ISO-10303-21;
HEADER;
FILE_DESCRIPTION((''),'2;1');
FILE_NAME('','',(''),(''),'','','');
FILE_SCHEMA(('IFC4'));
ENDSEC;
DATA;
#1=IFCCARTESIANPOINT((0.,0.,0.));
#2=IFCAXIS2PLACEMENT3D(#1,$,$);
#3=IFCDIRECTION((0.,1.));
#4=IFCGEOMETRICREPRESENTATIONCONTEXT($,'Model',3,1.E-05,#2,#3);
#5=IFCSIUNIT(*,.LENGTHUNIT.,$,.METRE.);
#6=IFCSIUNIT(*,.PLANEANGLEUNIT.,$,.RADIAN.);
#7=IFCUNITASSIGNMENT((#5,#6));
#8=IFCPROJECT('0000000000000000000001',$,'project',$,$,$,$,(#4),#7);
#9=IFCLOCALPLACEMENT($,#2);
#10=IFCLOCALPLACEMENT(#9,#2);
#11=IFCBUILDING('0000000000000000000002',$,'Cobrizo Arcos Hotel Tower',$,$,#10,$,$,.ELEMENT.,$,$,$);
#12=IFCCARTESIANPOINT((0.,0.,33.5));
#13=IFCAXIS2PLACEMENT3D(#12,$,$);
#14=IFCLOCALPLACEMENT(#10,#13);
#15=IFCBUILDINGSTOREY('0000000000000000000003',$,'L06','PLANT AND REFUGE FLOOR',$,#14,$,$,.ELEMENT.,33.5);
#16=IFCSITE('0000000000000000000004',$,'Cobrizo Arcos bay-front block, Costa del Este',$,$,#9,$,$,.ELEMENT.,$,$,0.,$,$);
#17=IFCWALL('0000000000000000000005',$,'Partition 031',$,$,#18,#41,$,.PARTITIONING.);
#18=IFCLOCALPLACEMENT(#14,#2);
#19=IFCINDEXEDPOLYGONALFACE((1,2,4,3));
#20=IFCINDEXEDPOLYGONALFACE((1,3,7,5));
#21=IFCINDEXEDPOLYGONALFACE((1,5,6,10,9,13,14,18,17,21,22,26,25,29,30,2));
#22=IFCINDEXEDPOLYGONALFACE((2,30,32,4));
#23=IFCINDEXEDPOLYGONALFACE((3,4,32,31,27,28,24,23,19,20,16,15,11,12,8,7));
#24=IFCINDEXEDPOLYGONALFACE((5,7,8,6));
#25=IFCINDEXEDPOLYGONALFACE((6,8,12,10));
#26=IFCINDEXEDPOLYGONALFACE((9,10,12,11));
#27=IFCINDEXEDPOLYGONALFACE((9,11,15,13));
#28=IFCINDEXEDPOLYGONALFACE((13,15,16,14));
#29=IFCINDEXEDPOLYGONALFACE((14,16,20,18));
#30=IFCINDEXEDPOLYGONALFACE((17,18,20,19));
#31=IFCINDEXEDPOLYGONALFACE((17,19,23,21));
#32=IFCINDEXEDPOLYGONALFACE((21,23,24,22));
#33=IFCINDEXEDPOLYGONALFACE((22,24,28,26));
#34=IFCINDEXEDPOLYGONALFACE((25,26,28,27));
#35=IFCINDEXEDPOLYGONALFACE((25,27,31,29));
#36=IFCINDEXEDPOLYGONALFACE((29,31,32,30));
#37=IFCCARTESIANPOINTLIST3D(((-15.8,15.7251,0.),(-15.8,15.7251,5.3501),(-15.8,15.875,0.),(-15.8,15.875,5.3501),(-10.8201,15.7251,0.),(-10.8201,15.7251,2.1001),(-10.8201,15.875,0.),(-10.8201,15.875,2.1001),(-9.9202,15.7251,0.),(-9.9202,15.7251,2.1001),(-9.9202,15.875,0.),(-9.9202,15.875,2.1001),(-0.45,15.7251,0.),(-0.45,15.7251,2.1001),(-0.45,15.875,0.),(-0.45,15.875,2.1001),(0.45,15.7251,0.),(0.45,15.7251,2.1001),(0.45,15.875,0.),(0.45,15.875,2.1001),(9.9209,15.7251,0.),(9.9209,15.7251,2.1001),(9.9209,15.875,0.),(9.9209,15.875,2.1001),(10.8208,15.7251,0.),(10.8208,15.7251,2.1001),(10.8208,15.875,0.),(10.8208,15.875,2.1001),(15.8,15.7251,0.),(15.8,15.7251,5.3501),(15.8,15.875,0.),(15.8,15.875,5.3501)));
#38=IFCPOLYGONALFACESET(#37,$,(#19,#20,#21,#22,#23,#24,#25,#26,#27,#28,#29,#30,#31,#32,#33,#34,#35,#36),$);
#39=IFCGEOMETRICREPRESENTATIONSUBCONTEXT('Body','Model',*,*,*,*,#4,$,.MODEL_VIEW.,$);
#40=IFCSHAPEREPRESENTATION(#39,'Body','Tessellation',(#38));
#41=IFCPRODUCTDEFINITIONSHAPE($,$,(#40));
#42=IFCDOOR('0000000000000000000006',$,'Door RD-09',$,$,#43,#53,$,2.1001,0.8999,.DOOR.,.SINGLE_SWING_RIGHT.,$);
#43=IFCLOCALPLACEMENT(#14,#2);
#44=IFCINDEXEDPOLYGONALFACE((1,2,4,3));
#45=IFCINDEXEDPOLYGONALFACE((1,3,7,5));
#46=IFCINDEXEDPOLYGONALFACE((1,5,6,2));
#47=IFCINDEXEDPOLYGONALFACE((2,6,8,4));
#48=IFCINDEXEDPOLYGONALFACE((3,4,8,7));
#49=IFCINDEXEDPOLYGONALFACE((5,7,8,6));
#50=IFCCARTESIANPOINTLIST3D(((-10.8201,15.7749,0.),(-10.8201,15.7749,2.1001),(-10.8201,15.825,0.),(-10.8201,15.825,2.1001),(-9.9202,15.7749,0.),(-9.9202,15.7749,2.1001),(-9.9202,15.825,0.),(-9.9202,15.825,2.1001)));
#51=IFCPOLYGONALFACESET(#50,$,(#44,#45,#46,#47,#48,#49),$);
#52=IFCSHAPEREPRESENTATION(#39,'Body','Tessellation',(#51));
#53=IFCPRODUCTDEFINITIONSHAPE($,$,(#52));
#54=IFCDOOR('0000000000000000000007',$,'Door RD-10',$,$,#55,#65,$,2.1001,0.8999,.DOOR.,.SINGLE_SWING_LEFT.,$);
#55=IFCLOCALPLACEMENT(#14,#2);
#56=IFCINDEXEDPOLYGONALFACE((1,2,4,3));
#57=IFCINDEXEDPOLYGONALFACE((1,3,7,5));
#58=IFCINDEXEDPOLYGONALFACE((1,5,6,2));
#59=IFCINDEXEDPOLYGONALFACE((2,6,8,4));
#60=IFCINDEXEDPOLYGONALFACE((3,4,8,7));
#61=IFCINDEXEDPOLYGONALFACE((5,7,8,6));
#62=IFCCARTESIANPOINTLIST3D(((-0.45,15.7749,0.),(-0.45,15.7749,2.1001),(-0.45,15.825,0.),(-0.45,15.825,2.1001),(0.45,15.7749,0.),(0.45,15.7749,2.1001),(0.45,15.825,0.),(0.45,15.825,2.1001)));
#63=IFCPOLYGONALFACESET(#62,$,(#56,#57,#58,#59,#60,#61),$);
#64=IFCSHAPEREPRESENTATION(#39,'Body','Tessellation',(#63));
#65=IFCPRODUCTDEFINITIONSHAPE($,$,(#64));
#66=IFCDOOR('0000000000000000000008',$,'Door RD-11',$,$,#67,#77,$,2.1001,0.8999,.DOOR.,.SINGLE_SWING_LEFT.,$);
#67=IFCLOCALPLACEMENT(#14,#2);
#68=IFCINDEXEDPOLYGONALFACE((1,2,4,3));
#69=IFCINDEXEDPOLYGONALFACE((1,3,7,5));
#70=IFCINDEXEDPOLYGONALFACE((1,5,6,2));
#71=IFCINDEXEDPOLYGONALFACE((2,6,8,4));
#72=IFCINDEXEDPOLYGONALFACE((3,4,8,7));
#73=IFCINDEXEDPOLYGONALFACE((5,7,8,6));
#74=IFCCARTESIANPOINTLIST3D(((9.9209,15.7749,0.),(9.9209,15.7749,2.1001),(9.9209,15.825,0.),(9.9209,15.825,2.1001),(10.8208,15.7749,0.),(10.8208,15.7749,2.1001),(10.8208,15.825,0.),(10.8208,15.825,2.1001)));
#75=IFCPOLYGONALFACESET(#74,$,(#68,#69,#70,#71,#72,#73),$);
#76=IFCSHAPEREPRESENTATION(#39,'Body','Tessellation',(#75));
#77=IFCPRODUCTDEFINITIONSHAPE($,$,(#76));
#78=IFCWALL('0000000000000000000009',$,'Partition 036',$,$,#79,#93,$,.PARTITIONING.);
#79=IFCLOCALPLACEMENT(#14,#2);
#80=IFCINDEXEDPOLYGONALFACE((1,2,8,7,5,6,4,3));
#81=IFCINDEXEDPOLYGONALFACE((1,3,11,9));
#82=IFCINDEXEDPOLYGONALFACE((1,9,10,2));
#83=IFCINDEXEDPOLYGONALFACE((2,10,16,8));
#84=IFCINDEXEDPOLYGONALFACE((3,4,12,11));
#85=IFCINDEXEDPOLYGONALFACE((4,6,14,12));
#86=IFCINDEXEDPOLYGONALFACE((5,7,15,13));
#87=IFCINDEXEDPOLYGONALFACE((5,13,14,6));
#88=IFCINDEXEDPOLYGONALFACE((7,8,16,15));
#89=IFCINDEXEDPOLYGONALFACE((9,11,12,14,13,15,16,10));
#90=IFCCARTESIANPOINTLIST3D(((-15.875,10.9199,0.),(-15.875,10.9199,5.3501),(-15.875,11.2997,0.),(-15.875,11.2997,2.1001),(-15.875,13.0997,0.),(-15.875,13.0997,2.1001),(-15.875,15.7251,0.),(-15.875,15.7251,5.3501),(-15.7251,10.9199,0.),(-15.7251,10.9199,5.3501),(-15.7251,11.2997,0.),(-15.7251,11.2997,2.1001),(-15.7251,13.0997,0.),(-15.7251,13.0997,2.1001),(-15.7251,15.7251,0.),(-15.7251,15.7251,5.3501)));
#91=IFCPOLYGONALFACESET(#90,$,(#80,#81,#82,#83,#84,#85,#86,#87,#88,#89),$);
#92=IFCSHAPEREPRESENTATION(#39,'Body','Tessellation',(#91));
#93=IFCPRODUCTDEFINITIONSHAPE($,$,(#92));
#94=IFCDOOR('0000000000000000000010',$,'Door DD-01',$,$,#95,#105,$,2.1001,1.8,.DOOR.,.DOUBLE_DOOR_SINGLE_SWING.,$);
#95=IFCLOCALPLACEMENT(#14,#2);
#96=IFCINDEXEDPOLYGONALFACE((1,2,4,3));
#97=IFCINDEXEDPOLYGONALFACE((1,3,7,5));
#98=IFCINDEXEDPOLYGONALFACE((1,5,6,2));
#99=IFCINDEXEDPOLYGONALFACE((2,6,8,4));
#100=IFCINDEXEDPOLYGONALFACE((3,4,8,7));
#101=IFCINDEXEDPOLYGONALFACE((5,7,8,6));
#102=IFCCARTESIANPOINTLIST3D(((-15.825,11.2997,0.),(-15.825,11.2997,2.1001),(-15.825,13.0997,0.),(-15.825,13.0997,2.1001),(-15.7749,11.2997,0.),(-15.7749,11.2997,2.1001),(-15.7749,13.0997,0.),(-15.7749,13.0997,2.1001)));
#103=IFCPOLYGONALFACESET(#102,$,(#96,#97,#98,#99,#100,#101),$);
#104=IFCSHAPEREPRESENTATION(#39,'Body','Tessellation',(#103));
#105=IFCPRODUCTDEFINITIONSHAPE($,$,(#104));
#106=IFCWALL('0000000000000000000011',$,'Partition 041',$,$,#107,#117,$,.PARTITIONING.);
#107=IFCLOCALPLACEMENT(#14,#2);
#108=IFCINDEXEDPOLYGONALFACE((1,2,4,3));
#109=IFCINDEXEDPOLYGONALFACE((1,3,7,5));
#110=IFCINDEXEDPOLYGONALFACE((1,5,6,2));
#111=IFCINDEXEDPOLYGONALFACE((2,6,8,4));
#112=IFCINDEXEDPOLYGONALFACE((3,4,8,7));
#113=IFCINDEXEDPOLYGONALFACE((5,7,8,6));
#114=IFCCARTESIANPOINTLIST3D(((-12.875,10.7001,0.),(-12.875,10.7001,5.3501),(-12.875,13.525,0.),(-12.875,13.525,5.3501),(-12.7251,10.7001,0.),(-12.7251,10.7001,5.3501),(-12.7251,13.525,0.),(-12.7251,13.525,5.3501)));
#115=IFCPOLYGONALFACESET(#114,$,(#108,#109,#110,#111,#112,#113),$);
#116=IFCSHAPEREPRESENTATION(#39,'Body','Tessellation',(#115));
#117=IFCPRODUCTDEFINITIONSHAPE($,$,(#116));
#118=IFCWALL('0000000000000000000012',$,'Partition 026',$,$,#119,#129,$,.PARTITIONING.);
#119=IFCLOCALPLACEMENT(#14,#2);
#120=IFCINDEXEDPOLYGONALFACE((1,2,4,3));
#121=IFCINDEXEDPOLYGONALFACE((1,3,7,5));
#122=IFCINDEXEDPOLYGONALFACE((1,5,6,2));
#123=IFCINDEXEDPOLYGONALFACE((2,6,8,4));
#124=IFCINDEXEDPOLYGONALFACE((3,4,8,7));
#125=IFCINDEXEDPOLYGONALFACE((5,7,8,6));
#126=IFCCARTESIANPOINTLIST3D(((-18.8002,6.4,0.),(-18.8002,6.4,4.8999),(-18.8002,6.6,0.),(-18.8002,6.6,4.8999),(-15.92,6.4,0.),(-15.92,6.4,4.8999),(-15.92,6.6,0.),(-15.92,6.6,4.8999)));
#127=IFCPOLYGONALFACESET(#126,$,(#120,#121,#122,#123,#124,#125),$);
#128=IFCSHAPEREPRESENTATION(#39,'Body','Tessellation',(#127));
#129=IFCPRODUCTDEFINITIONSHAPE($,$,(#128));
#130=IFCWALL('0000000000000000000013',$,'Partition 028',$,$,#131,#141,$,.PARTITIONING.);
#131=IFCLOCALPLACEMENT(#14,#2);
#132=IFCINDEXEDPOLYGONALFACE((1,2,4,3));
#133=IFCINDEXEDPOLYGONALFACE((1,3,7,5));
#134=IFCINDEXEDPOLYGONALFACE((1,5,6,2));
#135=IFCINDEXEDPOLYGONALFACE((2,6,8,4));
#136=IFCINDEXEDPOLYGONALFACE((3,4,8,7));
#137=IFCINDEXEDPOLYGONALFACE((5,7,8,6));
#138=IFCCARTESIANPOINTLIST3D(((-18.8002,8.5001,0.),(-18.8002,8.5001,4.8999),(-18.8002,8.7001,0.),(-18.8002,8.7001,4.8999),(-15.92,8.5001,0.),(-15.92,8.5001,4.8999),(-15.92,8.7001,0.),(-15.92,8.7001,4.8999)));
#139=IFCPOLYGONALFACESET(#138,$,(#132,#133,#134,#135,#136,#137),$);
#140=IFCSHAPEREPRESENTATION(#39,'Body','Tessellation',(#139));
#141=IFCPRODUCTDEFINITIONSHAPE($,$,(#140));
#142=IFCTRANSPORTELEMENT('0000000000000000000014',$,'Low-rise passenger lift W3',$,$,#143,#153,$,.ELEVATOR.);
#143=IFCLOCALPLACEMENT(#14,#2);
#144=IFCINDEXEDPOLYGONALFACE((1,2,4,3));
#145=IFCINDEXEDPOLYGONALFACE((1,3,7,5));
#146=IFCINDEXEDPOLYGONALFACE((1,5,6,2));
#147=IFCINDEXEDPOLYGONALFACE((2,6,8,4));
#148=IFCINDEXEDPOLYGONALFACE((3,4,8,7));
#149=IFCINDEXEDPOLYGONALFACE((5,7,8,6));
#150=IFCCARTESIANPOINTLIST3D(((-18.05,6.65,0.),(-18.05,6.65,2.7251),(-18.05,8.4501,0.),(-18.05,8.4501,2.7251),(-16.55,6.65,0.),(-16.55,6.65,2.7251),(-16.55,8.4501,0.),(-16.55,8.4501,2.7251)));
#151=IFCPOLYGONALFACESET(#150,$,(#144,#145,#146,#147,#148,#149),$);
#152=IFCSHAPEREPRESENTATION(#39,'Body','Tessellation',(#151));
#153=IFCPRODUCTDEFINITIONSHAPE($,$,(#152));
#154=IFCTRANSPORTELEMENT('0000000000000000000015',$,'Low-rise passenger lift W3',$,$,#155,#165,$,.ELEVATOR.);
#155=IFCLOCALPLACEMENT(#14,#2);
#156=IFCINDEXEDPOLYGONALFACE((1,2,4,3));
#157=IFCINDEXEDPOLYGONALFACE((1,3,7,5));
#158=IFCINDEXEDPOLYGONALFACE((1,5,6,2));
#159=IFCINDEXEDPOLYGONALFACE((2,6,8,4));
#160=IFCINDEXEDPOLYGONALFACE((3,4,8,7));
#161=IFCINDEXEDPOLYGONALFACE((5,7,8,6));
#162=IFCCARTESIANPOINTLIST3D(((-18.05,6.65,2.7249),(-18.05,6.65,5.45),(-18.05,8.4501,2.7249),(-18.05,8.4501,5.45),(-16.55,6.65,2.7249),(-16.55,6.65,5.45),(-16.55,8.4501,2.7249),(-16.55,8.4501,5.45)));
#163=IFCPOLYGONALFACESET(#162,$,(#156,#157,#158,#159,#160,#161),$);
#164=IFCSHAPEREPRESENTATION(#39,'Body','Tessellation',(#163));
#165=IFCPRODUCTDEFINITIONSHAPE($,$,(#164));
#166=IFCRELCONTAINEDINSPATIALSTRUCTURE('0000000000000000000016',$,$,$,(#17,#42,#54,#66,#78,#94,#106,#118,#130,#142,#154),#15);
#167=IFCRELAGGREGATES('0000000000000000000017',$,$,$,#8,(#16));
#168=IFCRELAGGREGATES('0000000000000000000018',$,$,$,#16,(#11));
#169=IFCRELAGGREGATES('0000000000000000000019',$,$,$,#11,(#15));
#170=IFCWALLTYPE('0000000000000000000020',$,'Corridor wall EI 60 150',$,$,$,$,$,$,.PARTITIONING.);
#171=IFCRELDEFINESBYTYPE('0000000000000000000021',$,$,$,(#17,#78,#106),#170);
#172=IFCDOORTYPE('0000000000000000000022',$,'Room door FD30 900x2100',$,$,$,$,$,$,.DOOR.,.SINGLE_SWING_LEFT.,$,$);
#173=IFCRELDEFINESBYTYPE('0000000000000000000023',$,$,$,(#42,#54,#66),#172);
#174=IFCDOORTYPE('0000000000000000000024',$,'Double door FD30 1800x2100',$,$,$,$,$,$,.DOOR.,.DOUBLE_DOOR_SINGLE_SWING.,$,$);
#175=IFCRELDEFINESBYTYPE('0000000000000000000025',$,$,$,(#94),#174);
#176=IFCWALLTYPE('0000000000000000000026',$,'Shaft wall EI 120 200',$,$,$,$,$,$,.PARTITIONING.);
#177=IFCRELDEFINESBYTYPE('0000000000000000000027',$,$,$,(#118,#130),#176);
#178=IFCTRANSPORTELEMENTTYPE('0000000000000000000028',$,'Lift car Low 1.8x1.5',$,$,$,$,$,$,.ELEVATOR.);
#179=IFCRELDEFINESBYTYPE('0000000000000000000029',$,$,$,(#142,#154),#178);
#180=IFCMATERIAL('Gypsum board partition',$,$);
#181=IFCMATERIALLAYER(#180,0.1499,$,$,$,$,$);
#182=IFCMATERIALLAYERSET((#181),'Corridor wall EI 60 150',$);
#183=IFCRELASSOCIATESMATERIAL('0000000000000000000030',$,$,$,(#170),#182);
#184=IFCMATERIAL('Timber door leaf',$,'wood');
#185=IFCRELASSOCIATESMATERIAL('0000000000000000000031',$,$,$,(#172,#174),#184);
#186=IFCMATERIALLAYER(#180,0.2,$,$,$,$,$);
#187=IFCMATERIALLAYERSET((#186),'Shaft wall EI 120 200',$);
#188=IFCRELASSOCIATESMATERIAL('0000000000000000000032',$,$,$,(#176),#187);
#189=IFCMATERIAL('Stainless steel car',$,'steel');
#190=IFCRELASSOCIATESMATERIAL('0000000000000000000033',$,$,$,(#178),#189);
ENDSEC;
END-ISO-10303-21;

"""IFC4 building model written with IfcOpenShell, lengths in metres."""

from ifc_helpers import new_model, si_unit, direction, frame, frame_2d, origin, origin_2d, place, context, subcontext, project, spatial, rectangle, extrude, material, layer, layer_set, type_object, element, fill, save


model = new_model("IFC4")

# Units and contexts
model_context = context("Model", 3, precision=1e-05, world=origin(), true_north=direction((0.0, 1.0)))
body_context = subcontext(model_context, "Body", "Model", "MODEL_VIEW")
ifc_project = project(units=[si_unit("LENGTHUNIT", "METRE"), si_unit("PLANEANGLEUNIT", "RADIAN")], contexts=[model_context])

# Site, building, storey
site_placement = place(None, origin())
site = spatial("IfcSite", under=ifc_project, at=site_placement, Name="Cobrizo Arcos bay-front block, Costa del Este", CompositionType="ELEMENT", RefElevation=0.0)
building_placement = place(site_placement, origin())
building = spatial("IfcBuilding", under=site, at=building_placement, Name="Cobrizo Arcos Hotel Tower", CompositionType="ELEMENT")
storey_placement = place(building_placement, frame((0.0, 0.0, 33.5)))
storey = spatial("IfcBuildingStorey", under=building, at=storey_placement, Name="L06", Description="PLANT AND REFUGE FLOOR", CompositionType="ELEMENT", Elevation=33.5)

# Wall, openings, doors
ifc_material_1 = material(Name="Gypsum board partition")
ifc_layer_1 = layer(ifc_material_1, 0.1499)
ifc_layer_set_1 = layer_set([ifc_layer_1], Name="Corridor wall EI 60 150")
wall_type_1 = type_object("IfcWallType", Name="Corridor wall EI 60 150", PredefinedType="PARTITIONING", material=ifc_layer_set_1)
ifc_material_2 = material(Name="Timber door leaf", Category="wood")
door_type_1 = type_object("IfcDoorType", Name="Room door FD30 900x2100", OperationType="SINGLE_SWING_LEFT", PredefinedType="DOOR", material=ifc_material_2)
wall_1_placement = place(storey_placement, frame((-15.8, 15.8, 0.0), z_axis=(0.0, 0.0, 1.0), x_axis=(1.0, 0.0, 0.0)))
wall_1 = element("IfcWall", 1, at=wall_1_placement, inside=storey, type_object=wall_type_1, Name="Partition 031", PredefinedType="PARTITIONING", context=body_context, shape_type="SweptSolid", body=[
    extrude(rectangle(XDim=31.6001, YDim=0.1499, at=frame_2d((15.8, 0.0))), origin(), (0.0, 0.0, 1.0), 5.3501),
])
opening_1_placement = place(wall_1_placement, frame((4.98, 0.0, 0.0)))
opening_1 = element("IfcOpeningElement", 2, at=opening_1_placement, cuts=wall_1, PredefinedType="OPENING", context=body_context, shape_type="SweptSolid", body=[
    extrude(rectangle(XDim=0.8999, YDim=2.1001, at=frame_2d((0.45, 1.05))), frame((0.0, 0.0869, 0.0), z_axis=(0.0, -1.0, 0.0), x_axis=(1.0, 0.0, 0.0)), (0.0, 0.0, 1.0), 0.1738),
])
opening_2_placement = place(wall_1_placement, frame((15.3501, 0.0, 0.0)))
opening_2 = element("IfcOpeningElement", 3, at=opening_2_placement, cuts=wall_1, PredefinedType="OPENING", context=body_context, shape_type="SweptSolid", body=[
    extrude(rectangle(XDim=0.8999, YDim=2.1001, at=frame_2d((0.45, 1.05))), frame((0.0, 0.0869, 0.0), z_axis=(0.0, -1.0, 0.0), x_axis=(1.0, 0.0, 0.0)), (0.0, 0.0, 1.0), 0.1738),
])
opening_3_placement = place(wall_1_placement, frame((25.7209, 0.0, 0.0)))
opening_3 = element("IfcOpeningElement", 4, at=opening_3_placement, cuts=wall_1, PredefinedType="OPENING", context=body_context, shape_type="SweptSolid", body=[
    extrude(rectangle(XDim=0.8999, YDim=2.1001, at=frame_2d((0.45, 1.05))), frame((0.0, 0.0869, 0.0), z_axis=(0.0, -1.0, 0.0), x_axis=(1.0, 0.0, 0.0)), (0.0, 0.0, 1.0), 0.1738),
])
door_1_placement = place(opening_1_placement, origin())
door_1 = element("IfcDoor", 5, at=door_1_placement, inside=storey, type_object=door_type_1, Name="Door RD-09", OperationType="SINGLE_SWING_RIGHT", OverallHeight=2.1001, OverallWidth=0.8999, PredefinedType="DOOR", context=body_context, shape_type="SweptSolid", body=[
    extrude(rectangle(XDim=0.8999, YDim=2.1001, at=frame_2d((0.45, 1.05))), frame((0.0, 0.0249, 0.0), z_axis=(0.0, -1.0, 0.0), x_axis=(1.0, 0.0, 0.0)), (0.0, 0.0, 1.0), 0.05),
])
fill(opening_1, door_1)
door_2_placement = place(opening_2_placement, origin())
door_2 = element("IfcDoor", 6, at=door_2_placement, inside=storey, type_object=door_type_1, Name="Door RD-10", OperationType="SINGLE_SWING_LEFT", OverallHeight=2.1001, OverallWidth=0.8999, PredefinedType="DOOR", context=body_context, shape_type="SweptSolid", body=[
    extrude(rectangle(XDim=0.8999, YDim=2.1001, at=frame_2d((0.45, 1.05))), frame((0.0, 0.0249, 0.0), z_axis=(0.0, -1.0, 0.0), x_axis=(1.0, 0.0, 0.0)), (0.0, 0.0, 1.0), 0.05),
])
fill(opening_2, door_2)
door_3_placement = place(opening_3_placement, origin())
door_3 = element("IfcDoor", 7, at=door_3_placement, inside=storey, type_object=door_type_1, Name="Door RD-11", OperationType="SINGLE_SWING_LEFT", OverallHeight=2.1001, OverallWidth=0.8999, PredefinedType="DOOR", context=body_context, shape_type="SweptSolid", body=[
    extrude(rectangle(XDim=0.8999, YDim=2.1001, at=frame_2d((0.45, 1.05))), frame((0.0, 0.0249, 0.0), z_axis=(0.0, -1.0, 0.0), x_axis=(1.0, 0.0, 0.0)), (0.0, 0.0, 1.0), 0.05),
])
fill(opening_3, door_3)

# Wall, opening, door
wall_2_placement = place(storey_placement, frame((-15.8, 10.9199, 0.0), z_axis=(0.0, 0.0, 1.0), x_axis=(0.0, 1.0, 0.0)))
wall_2 = element("IfcWall", 8, at=wall_2_placement, inside=storey, type_object=wall_type_1, Name="Partition 036", PredefinedType="PARTITIONING", context=body_context, shape_type="SweptSolid", body=[
    extrude(rectangle(XDim=4.8052, YDim=0.1499, at=frame_2d((2.4026, 0.0))), origin(), (0.0, 0.0, 1.0), 5.3501),
])
opening_4_placement = place(wall_2_placement, frame((0.3799, 0.0, 0.0)))
opening_4 = element("IfcOpeningElement", 9, at=opening_4_placement, cuts=wall_2, PredefinedType="OPENING", context=body_context, shape_type="SweptSolid", body=[
    extrude(rectangle(XDim=1.8, YDim=2.1001, at=frame_2d((0.8999, 1.05))), frame((0.0, 0.0869, 0.0), z_axis=(0.0, -1.0, 0.0), x_axis=(1.0, 0.0, 0.0)), (0.0, 0.0, 1.0), 0.1738),
])
door_type_2 = type_object("IfcDoorType", Name="Double door FD30 1800x2100", OperationType="DOUBLE_DOOR_SINGLE_SWING", PredefinedType="DOOR", material=ifc_material_2)
door_4_placement = place(opening_4_placement, origin())
door_4 = element("IfcDoor", 10, at=door_4_placement, inside=storey, type_object=door_type_2, Name="Door DD-01", OperationType="DOUBLE_DOOR_SINGLE_SWING", OverallHeight=2.1001, OverallWidth=1.8, PredefinedType="DOOR", context=body_context, shape_type="SweptSolid", body=[
    extrude(rectangle(XDim=1.8, YDim=2.1001, at=frame_2d((0.8999, 1.05))), frame((0.0, 0.0249, 0.0), z_axis=(0.0, -1.0, 0.0), x_axis=(1.0, 0.0, 0.0)), (0.0, 0.0, 1.0), 0.05),
])
fill(opening_4, door_4)

# Walls
wall_3_placement = place(storey_placement, frame((-12.8, 10.7, 0.0), z_axis=(0.0, 0.0, 1.0), x_axis=(0.0, 1.0, 0.0)))
element("IfcWall", 11, at=wall_3_placement, inside=storey, type_object=wall_type_1, Name="Partition 041", PredefinedType="PARTITIONING", context=body_context, shape_type="SweptSolid", body=[
    extrude(rectangle(XDim=2.825, YDim=0.1499, at=frame_2d((1.4126, 0.0))), origin(), (0.0, 0.0, 1.0), 5.3501),
])
ifc_layer_2 = layer(ifc_material_1, 0.2)
ifc_layer_set_2 = layer_set([ifc_layer_2], Name="Shaft wall EI 120 200")
wall_type_2 = type_object("IfcWallType", Name="Shaft wall EI 120 200", PredefinedType="PARTITIONING", material=ifc_layer_set_2)
for number, where, z_axis, x_axis, name in (
    (12, (-18.8, 6.5, 0.0), (0.0, 0.0, 1.0), (1.0, 0.0, 0.0), "Partition 026"),
    (13, (-18.8, 8.6001, 0.0), (0.0, 0.0, 1.0), (1.0, 0.0, 0.0), "Partition 028"),
):
    element("IfcWall", number, at=place(storey_placement, frame(where, z_axis=z_axis, x_axis=x_axis)), inside=storey, type_object=wall_type_2, Name=name, PredefinedType="PARTITIONING", context=body_context, shape_type="SweptSolid", body=[
        extrude(rectangle(XDim=2.8801, YDim=0.2, at=frame_2d((1.4399, 0.0))), origin(), (0.0, 0.0, 1.0), 4.8999),
    ])

# Transport elements
ifc_material_3 = material(Name="Stainless steel car", Category="steel")
transport_element_type = type_object("IfcTransportElementType", Name="Lift car Low 1.8x1.5", PredefinedType="ELEVATOR", material=ifc_material_3)
for number, where, z_axis, x_axis, name in (
    (14, (-17.3, 7.55, 0.0), (0.0, 0.0, 1.0), (1.0, 0.0, 0.0), "Low-rise passenger lift W3"),
    (15, (-17.3, 7.55, 2.7249), (0.0, 0.0, 1.0), (1.0, 0.0, 0.0), "Low-rise passenger lift W3"),
):
    element("IfcTransportElement", number, at=place(storey_placement, frame(where, z_axis=z_axis, x_axis=x_axis)), inside=storey, type_object=transport_element_type, Name=name, PredefinedType="ELEVATOR", context=body_context, shape_type="SweptSolid", body=[
        extrude(rectangle(XDim=1.5, YDim=1.8, at=origin_2d()), origin(), (0.0, 0.0, 1.0), 2.7251),
    ])

save(model, "model.ifc")
